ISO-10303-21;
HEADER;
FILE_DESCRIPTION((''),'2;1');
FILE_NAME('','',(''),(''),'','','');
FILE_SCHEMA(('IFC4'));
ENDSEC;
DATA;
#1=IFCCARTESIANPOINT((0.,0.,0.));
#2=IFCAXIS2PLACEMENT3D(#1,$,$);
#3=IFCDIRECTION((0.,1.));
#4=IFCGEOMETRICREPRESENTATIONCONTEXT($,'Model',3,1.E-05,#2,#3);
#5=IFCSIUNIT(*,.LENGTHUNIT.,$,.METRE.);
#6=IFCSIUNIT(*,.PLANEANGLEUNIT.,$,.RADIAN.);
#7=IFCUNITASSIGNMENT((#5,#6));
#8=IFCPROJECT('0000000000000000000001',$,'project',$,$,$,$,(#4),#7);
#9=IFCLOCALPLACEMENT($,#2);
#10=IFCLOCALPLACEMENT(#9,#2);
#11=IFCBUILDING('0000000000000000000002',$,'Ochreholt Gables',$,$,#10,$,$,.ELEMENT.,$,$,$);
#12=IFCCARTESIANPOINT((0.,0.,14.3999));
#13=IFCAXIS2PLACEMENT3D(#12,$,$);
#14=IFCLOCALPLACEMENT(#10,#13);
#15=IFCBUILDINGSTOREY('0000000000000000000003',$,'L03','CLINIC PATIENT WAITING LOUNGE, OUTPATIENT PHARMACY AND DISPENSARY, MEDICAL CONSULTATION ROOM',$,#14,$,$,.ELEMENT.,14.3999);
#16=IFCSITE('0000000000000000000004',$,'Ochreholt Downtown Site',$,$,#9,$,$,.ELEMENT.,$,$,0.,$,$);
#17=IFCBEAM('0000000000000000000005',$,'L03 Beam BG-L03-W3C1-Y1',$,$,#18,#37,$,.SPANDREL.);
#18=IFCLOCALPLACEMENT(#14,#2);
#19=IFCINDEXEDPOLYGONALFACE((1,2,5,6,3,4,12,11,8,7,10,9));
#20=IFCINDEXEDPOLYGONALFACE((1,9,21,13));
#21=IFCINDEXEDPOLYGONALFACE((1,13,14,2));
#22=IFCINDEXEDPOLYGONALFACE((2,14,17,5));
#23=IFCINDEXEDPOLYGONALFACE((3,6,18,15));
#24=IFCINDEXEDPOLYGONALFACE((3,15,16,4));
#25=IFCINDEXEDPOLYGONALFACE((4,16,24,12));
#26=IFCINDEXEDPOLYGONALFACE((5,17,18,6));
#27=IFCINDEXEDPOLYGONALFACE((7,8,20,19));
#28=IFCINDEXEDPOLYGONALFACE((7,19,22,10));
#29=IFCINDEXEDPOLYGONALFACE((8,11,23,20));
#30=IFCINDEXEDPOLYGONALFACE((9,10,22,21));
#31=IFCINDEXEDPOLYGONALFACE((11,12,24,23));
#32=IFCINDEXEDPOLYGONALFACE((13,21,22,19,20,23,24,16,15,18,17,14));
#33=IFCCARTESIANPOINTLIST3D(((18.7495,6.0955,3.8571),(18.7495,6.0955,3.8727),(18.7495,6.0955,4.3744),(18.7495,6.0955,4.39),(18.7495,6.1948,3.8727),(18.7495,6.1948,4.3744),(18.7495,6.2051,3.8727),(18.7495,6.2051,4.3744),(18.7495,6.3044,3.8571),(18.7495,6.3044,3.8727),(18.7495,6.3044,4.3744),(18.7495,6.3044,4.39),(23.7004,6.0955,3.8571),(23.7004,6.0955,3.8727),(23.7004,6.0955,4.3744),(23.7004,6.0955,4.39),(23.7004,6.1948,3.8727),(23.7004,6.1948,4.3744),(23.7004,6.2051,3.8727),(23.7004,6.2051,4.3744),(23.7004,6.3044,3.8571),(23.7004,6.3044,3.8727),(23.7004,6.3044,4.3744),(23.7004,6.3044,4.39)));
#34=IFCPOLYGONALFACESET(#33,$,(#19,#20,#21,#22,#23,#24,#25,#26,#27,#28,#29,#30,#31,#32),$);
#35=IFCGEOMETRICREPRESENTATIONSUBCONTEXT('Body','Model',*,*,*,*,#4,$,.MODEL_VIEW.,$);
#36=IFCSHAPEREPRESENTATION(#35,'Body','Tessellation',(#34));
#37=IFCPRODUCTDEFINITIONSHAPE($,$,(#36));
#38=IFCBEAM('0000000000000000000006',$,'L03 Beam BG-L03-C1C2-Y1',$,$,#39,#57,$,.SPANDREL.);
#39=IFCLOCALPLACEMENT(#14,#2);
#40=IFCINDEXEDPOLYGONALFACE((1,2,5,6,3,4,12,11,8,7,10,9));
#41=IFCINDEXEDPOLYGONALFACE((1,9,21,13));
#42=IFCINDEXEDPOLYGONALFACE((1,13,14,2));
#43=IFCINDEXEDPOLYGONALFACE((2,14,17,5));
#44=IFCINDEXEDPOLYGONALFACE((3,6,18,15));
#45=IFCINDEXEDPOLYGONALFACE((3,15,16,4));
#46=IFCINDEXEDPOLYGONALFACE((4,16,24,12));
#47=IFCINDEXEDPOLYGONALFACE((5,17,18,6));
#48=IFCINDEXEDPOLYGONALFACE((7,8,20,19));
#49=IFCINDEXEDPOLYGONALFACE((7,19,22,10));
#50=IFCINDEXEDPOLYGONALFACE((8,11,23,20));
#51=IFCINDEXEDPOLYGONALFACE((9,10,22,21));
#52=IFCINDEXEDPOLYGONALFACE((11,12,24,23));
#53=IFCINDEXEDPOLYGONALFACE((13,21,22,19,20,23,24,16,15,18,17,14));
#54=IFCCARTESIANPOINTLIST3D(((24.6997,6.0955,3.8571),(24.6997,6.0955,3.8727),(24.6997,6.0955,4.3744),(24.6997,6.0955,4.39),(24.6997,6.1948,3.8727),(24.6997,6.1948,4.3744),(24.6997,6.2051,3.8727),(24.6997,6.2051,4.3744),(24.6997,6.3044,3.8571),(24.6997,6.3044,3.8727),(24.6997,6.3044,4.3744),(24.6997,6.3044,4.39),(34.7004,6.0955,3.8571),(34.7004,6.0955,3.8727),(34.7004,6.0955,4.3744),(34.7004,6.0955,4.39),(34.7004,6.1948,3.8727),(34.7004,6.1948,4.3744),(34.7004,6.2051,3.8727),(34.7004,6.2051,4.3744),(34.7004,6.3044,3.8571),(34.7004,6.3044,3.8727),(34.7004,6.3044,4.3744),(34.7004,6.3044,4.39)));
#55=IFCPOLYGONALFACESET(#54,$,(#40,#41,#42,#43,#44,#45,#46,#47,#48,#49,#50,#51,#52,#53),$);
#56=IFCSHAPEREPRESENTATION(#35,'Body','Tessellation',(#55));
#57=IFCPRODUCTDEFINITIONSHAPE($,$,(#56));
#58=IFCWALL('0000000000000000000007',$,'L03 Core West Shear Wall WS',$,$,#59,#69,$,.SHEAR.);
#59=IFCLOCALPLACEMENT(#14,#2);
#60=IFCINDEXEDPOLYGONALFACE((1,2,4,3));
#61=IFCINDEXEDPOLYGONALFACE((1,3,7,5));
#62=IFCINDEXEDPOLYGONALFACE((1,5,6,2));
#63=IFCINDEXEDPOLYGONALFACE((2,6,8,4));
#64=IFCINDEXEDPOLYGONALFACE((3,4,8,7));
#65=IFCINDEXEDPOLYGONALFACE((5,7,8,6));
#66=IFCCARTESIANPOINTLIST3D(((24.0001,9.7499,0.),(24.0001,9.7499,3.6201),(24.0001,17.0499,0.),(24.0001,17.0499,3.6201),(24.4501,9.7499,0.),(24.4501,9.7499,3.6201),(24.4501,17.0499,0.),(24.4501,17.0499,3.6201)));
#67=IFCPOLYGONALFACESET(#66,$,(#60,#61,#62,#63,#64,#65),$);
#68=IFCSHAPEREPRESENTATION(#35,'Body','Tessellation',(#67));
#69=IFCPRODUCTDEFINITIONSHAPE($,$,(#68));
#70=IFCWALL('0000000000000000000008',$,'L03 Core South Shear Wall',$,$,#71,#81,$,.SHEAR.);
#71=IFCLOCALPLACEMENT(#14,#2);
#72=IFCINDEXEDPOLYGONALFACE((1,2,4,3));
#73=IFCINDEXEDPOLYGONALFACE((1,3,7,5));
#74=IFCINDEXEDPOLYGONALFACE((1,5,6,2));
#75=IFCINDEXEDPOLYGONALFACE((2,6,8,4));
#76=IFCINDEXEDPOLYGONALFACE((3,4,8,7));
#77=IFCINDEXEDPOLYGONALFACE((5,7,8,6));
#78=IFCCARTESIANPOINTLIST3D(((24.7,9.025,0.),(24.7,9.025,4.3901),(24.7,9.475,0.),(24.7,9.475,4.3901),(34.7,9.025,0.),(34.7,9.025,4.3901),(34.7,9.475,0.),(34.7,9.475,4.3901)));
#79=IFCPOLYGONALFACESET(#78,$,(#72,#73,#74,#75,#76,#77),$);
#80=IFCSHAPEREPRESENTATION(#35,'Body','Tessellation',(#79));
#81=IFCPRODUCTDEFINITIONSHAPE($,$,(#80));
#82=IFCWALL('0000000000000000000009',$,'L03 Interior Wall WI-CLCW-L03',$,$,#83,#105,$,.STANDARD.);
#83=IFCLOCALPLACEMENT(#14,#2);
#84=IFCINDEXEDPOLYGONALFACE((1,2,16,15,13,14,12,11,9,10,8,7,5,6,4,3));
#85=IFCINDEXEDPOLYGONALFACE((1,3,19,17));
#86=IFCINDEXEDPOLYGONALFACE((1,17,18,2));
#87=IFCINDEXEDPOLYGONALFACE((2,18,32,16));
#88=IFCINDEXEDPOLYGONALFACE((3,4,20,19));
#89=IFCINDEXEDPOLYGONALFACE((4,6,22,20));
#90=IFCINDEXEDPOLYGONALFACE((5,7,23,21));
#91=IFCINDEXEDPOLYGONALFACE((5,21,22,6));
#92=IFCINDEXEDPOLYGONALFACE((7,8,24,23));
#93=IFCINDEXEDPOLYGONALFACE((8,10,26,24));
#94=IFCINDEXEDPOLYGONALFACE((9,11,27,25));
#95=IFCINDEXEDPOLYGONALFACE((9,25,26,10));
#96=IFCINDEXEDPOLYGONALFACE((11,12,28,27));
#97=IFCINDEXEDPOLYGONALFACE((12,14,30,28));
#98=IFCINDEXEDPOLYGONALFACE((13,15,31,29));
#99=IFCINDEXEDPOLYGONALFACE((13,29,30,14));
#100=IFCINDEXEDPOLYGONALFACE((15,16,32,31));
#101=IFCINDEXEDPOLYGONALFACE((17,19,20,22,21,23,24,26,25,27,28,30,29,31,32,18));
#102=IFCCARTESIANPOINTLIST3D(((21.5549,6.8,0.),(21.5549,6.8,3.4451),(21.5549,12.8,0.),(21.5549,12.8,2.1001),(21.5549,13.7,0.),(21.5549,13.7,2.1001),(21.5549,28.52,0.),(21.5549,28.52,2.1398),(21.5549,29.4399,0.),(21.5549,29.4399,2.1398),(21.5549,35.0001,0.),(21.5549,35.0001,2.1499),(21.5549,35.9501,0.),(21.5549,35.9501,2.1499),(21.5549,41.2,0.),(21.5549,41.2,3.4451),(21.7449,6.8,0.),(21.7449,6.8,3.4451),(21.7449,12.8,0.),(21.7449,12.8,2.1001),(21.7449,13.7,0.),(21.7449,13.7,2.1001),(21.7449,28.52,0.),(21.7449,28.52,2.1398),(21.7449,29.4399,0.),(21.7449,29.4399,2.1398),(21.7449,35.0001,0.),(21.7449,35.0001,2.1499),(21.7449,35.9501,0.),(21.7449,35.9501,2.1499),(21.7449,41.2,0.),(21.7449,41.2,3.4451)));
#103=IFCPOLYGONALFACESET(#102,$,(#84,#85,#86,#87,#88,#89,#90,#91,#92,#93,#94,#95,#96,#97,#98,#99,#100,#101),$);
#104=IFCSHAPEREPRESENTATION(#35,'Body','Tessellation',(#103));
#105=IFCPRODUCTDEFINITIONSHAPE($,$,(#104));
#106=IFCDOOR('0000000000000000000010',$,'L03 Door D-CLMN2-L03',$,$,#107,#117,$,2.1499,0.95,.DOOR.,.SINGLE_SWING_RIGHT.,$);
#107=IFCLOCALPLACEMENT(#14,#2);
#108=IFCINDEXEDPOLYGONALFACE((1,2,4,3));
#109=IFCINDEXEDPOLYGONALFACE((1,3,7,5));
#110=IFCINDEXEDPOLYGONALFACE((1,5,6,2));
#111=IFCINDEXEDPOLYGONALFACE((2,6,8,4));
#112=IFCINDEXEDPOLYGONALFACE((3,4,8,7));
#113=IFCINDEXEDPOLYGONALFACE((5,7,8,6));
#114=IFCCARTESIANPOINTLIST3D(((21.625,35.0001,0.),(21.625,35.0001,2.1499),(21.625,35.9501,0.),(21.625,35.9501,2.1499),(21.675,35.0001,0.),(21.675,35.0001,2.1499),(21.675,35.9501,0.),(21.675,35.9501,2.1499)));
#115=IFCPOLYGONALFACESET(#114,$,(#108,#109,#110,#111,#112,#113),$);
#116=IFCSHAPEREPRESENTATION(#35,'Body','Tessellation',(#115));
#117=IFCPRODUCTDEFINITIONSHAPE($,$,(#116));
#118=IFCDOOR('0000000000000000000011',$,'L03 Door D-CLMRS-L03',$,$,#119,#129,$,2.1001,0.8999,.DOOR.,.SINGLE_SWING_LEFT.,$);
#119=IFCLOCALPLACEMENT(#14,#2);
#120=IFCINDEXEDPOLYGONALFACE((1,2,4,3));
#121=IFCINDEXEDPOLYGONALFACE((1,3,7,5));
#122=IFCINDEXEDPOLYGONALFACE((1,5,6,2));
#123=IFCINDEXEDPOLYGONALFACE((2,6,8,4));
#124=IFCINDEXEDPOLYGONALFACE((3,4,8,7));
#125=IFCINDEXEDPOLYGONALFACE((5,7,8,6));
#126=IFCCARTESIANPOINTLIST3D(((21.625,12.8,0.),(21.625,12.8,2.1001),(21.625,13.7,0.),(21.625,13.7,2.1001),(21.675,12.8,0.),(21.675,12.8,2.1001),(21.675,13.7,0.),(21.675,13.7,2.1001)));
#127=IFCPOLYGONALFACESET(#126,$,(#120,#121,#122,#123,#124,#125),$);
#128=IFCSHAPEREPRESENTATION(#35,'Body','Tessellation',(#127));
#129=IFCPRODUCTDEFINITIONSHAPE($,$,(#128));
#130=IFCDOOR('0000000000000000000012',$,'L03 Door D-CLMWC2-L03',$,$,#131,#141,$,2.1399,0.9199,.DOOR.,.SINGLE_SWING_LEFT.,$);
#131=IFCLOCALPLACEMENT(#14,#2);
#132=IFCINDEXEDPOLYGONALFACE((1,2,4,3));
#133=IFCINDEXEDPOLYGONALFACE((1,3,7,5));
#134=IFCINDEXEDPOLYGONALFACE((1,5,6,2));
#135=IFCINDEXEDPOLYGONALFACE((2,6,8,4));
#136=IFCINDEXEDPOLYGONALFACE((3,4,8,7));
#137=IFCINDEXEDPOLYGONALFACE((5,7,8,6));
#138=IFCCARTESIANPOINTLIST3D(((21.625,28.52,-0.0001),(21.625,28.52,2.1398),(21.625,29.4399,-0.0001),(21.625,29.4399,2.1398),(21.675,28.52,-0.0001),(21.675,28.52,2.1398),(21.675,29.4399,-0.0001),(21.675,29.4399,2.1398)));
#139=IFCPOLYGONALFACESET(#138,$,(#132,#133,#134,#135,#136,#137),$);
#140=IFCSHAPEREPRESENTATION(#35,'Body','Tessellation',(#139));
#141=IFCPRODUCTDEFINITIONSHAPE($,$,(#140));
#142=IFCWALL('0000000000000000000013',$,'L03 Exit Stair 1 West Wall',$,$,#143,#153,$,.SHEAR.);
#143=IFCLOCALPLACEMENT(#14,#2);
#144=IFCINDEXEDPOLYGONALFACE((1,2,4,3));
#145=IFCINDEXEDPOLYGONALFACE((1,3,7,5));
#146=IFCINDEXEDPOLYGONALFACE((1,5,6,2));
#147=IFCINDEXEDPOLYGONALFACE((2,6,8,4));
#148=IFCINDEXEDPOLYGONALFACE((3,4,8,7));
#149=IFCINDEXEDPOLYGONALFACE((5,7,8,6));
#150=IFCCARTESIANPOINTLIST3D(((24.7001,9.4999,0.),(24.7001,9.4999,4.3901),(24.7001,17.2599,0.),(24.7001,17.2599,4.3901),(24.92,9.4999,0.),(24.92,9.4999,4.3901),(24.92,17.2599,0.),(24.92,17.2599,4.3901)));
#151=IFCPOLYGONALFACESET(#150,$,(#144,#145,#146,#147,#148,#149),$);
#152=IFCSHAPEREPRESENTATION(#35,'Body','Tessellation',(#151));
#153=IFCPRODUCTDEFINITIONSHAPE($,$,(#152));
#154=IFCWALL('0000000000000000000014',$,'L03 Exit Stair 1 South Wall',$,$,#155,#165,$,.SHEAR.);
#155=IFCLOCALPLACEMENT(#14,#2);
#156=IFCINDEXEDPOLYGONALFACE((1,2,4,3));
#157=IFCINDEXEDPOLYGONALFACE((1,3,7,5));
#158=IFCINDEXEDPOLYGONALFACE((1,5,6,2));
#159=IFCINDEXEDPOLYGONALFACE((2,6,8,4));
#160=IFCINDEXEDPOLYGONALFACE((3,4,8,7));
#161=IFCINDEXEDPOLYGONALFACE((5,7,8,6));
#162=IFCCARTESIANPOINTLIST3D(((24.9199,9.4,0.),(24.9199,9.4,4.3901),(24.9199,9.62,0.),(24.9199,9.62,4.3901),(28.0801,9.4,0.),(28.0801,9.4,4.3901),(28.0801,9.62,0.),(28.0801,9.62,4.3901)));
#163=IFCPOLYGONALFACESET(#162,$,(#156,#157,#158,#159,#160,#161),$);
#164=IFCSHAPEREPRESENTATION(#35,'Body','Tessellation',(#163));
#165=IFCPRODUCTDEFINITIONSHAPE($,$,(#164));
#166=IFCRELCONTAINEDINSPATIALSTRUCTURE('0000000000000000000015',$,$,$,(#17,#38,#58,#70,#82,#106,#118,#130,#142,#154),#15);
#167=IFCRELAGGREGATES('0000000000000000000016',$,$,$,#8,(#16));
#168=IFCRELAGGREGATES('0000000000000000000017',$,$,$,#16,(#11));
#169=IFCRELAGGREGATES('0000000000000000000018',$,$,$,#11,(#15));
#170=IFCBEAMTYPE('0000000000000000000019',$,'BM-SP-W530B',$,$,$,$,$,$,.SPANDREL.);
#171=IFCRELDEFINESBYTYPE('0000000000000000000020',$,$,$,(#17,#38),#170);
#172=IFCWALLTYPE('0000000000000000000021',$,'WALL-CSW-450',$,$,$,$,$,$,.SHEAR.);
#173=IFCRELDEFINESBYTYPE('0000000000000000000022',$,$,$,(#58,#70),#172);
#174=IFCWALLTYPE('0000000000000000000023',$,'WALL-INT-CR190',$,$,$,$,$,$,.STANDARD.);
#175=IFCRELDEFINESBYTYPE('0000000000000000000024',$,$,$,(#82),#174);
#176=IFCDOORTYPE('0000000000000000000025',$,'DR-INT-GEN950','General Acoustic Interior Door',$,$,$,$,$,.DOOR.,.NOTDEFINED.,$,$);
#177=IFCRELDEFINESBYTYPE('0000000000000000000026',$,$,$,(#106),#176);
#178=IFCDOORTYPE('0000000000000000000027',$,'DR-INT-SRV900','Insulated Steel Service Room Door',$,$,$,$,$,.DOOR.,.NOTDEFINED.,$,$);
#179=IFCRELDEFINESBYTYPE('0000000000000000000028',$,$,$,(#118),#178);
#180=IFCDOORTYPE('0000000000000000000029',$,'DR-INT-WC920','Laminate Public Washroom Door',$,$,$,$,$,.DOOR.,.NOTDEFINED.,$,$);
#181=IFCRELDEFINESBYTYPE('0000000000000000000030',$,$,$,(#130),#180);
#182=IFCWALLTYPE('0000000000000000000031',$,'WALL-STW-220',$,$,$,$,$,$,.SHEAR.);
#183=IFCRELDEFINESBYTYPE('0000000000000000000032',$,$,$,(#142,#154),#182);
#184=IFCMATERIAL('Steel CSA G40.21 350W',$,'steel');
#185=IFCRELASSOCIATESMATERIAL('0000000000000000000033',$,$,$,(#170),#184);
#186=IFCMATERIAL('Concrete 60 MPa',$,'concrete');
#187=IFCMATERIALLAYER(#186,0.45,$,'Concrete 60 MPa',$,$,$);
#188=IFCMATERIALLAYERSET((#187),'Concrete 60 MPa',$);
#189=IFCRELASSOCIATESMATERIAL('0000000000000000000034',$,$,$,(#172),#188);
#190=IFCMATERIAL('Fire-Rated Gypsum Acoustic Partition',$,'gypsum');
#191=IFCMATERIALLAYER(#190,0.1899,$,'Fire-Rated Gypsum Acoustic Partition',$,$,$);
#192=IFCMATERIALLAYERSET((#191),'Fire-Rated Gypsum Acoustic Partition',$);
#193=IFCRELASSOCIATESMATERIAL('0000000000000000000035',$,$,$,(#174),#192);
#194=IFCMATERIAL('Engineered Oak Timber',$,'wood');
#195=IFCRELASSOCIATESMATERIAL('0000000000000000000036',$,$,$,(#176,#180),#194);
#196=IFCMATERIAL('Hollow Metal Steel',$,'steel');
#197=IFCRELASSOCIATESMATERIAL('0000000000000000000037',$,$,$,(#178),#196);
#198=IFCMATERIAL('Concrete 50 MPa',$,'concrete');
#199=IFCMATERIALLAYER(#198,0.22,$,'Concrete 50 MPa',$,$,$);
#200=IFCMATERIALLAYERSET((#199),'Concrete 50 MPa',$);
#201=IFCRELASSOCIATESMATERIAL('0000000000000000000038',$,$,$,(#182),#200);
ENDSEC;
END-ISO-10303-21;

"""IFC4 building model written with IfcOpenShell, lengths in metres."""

from ifc_helpers import new_model, si_unit, direction, frame, frame_2d, origin, origin_2d, place, context, subcontext, project, spatial, rectangle, i_section, extrude, material, layer, layer_set, material_profile, profile_set, type_object, element, fill, save


model = new_model("IFC4")

# Units and contexts
model_context = context("Model", 3, precision=1e-05, world=origin(), true_north=direction((0.0, 1.0)))
body_context = subcontext(model_context, "Body", "Model", "MODEL_VIEW")
ifc_project = project(units=[si_unit("LENGTHUNIT", "METRE"), si_unit("PLANEANGLEUNIT", "RADIAN")], contexts=[model_context])

# Site, building, storey
site_placement = place(None, origin())
site = spatial("IfcSite", under=ifc_project, at=site_placement, Name="Ochreholt Downtown Site", CompositionType="ELEMENT", RefElevation=0.0)
building_placement = place(site_placement, origin())
building = spatial("IfcBuilding", under=site, at=building_placement, Name="Ochreholt Gables", CompositionType="ELEMENT")
storey_placement = place(building_placement, frame((0.0, 0.0, 14.3999)))
storey = spatial("IfcBuildingStorey", under=building, at=storey_placement, Name="L03", Description="CLINIC PATIENT WAITING LOUNGE, OUTPATIENT PHARMACY AND DISPENSARY, MEDICAL CONSULTATION ROOM", CompositionType="ELEMENT", Elevation=14.3999)

# Shared definitions
ifc_material_1 = material(Name="Concrete 60 MPa", Category="concrete")

# Beams
ifc_material_2 = material(Name="Steel CSA G40.21 350W", Category="steel")
ifc_material_profile_1 = material_profile(ifc_material_2, i_section(OverallWidth=0.209, OverallDepth=0.533, WebThickness=0.0103, FlangeThickness=0.0156, at=origin_2d()), Name="W530X92")
ifc_profile_set_1 = profile_set([ifc_material_profile_1], Name="Steel CSA G40.21 350W")
beam_type_1 = type_object("IfcBeamType", Name="BM-SP-W530B", PredefinedType="SPANDREL", material=ifc_profile_set_1)
beam_1_placement = place(storey_placement, frame((18.7495, 6.2, 4.1235), z_axis=(1.0, 0.0, 0.0), x_axis=(0.0, 1.0, 0.0)))
element("IfcBeam", 1, at=beam_1_placement, inside=storey, type_object=beam_type_1, Name="L03 Beam BG-L03-W3C1-Y1", PredefinedType="SPANDREL", context=body_context, shape_type="SweptSolid", body=[
    extrude(i_section(OverallWidth=0.209, OverallDepth=0.533, WebThickness=0.0103, FlangeThickness=0.0156, at=origin_2d()), origin(), (0.0, 0.0, 1.0), 4.9509),
])
beam_2_placement = place(storey_placement, frame((24.6997, 6.2, 4.1235), z_axis=(1.0, 0.0, 0.0), x_axis=(0.0, 1.0, 0.0)))
element("IfcBeam", 2, at=beam_2_placement, inside=storey, type_object=beam_type_1, Name="L03 Beam BG-L03-C1C2-Y1", PredefinedType="SPANDREL", context=body_context, shape_type="SweptSolid", body=[
    extrude(i_section(OverallWidth=0.209, OverallDepth=0.533, WebThickness=0.0103, FlangeThickness=0.0156, at=origin_2d()), origin(), (0.0, 0.0, 1.0), 10.0007),
])

# Walls
ifc_layer_1 = layer(ifc_material_1, 0.45, Name="Concrete 60 MPa")
ifc_layer_set_1 = layer_set([ifc_layer_1], Name="Concrete 60 MPa")
wall_type_1 = type_object("IfcWallType", Name="WALL-CSW-450", PredefinedType="SHEAR", material=ifc_layer_set_1)
wall_1_placement = place(storey_placement, frame((24.2251, 9.75, 0.0), z_axis=(0.0, 0.0, 1.0), x_axis=(0.0, 1.0, 0.0)))
element("IfcWall", 3, at=wall_1_placement, inside=storey, type_object=wall_type_1, Name="L03 Core West Shear Wall WS", PredefinedType="SHEAR", context=body_context, shape_type="SweptSolid", body=[
    extrude(rectangle(XDim=7.3, YDim=0.45, at=frame_2d((3.6499, 0.0))), origin(), (0.0, 0.0, 1.0), 3.6201),
])
wall_2_placement = place(storey_placement, frame((24.7, 9.25, 0.0), z_axis=(0.0, 0.0, 1.0), x_axis=(1.0, 0.0, 0.0)))
element("IfcWall", 4, at=wall_2_placement, inside=storey, type_object=wall_type_1, Name="L03 Core South Shear Wall", PredefinedType="SHEAR", context=body_context, shape_type="SweptSolid", body=[
    extrude(rectangle(XDim=10.0, YDim=0.45, at=frame_2d((5.0, 0.0))), origin(), (0.0, 0.0, 1.0), 4.3901),
])

# Wall, openings, doors
ifc_material_3 = material(Name="Fire-Rated Gypsum Acoustic Partition", Category="gypsum")
ifc_layer_2 = layer(ifc_material_3, 0.1899, Name="Fire-Rated Gypsum Acoustic Partition")
ifc_layer_set_2 = layer_set([ifc_layer_2], Name="Fire-Rated Gypsum Acoustic Partition")
wall_type_2 = type_object("IfcWallType", Name="WALL-INT-CR190", PredefinedType="STANDARD", material=ifc_layer_set_2)
wall_3_placement = place(storey_placement, frame((21.6499, 6.8, 0.0), z_axis=(0.0, 0.0, 1.0), x_axis=(0.0, 1.0, 0.0)))
wall_3 = element("IfcWall", 5, at=wall_3_placement, inside=storey, type_object=wall_type_2, Name="L03 Interior Wall WI-CLCW-L03", PredefinedType="STANDARD", context=body_context, shape_type="SweptSolid", body=[
    extrude(rectangle(XDim=34.3999, YDim=0.1899, at=frame_2d((17.2, 0.0))), origin(), (0.0, 0.0, 1.0), 3.4451),
])
opening_1_placement = place(wall_3_placement, frame((21.72, 0.0, 0.0)))
opening_1 = element("IfcOpeningElement", 6, at=opening_1_placement, cuts=wall_3, PredefinedType="OPENING", context=body_context, shape_type="SweptSolid", body=[
    extrude(rectangle(XDim=0.9199, YDim=2.1399, at=frame_2d((0.46, 1.0698))), frame((0.0, 0.105, 0.0), z_axis=(0.0, -1.0, 0.0), x_axis=(1.0, 0.0, 0.0)), (0.0, 0.0, 1.0), 0.21),
])
opening_2_placement = place(wall_3_placement, frame((28.2, 0.0, 0.0)))
opening_2 = element("IfcOpeningElement", 7, at=opening_2_placement, cuts=wall_3, PredefinedType="OPENING", context=body_context, shape_type="SweptSolid", body=[
    extrude(rectangle(XDim=0.95, YDim=2.1499, at=frame_2d((0.4751, 1.075))), frame((0.0, 0.105, 0.0), z_axis=(0.0, -1.0, 0.0), x_axis=(1.0, 0.0, 0.0)), (0.0, 0.0, 1.0), 0.21),
])
opening_3_placement = place(wall_3_placement, frame((6.0, 0.0, 0.0)))
opening_3 = element("IfcOpeningElement", 8, at=opening_3_placement, cuts=wall_3, PredefinedType="OPENING", context=body_context, shape_type="SweptSolid", body=[
    extrude(rectangle(XDim=0.8999, YDim=2.1001, at=frame_2d((0.45, 1.05))), frame((0.0, 0.105, 0.0), z_axis=(0.0, -1.0, 0.0), x_axis=(1.0, 0.0, 0.0)), (0.0, 0.0, 1.0), 0.21),
])
ifc_material_4 = material(Name="Engineered Oak Timber", Category="wood")
door_type_1 = type_object("IfcDoorType", Name="DR-INT-GEN950", Description="General Acoustic Interior Door", OperationType="NOTDEFINED", PredefinedType="DOOR", material=ifc_material_4)
door_1_placement = place(opening_2_placement, origin())
door_1 = element("IfcDoor", 9, at=door_1_placement, inside=storey, type_object=door_type_1, Name="L03 Door D-CLMN2-L03", OperationType="SINGLE_SWING_RIGHT", OverallHeight=2.1499, OverallWidth=0.95, PredefinedType="DOOR", context=body_context, shape_type="SweptSolid", body=[
    extrude(rectangle(XDim=0.95, YDim=2.1499, at=frame_2d((0.4751, 1.075))), frame((0.0, 0.0249, 0.0), z_axis=(0.0, -1.0, 0.0), x_axis=(1.0, 0.0, 0.0)), (0.0, 0.0, 1.0), 0.05),
])
fill(opening_2, door_1)
ifc_material_5 = material(Name="Hollow Metal Steel", Category="steel")
door_type_2 = type_object("IfcDoorType", Name="DR-INT-SRV900", Description="Insulated Steel Service Room Door", OperationType="NOTDEFINED", PredefinedType="DOOR", material=ifc_material_5)
door_2_placement = place(opening_3_placement, origin())
door_2 = element("IfcDoor", 10, at=door_2_placement, inside=storey, type_object=door_type_2, Name="L03 Door D-CLMRS-L03", OperationType="SINGLE_SWING_LEFT", OverallHeight=2.1001, OverallWidth=0.8999, PredefinedType="DOOR", context=body_context, shape_type="SweptSolid", body=[
    extrude(rectangle(XDim=0.8999, YDim=2.1001, at=frame_2d((0.45, 1.05))), frame((0.0, 0.0249, 0.0), z_axis=(0.0, -1.0, 0.0), x_axis=(1.0, 0.0, 0.0)), (0.0, 0.0, 1.0), 0.05),
])
fill(opening_3, door_2)
door_type_3 = type_object("IfcDoorType", Name="DR-INT-WC920", Description="Laminate Public Washroom Door", OperationType="NOTDEFINED", PredefinedType="DOOR", material=ifc_material_4)
door_3_placement = place(opening_1_placement, origin())
door_3 = element("IfcDoor", 11, at=door_3_placement, inside=storey, type_object=door_type_3, Name="L03 Door D-CLMWC2-L03", OperationType="SINGLE_SWING_LEFT", OverallHeight=2.1399, OverallWidth=0.9199, PredefinedType="DOOR", context=body_context, shape_type="SweptSolid", body=[
    extrude(rectangle(XDim=0.9199, YDim=2.1399, at=frame_2d((0.46, 1.0698))), frame((0.0, 0.0249, 0.0), z_axis=(0.0, -1.0, 0.0), x_axis=(1.0, 0.0, 0.0)), (0.0, 0.0, 1.0), 0.05),
])
fill(opening_1, door_3)

# Walls
ifc_material_6 = material(Name="Concrete 50 MPa", Category="concrete")
ifc_layer_3 = layer(ifc_material_6, 0.22, Name="Concrete 50 MPa")
ifc_layer_set_3 = layer_set([ifc_layer_3], Name="Concrete 50 MPa")
wall_type_3 = type_object("IfcWallType", Name="WALL-STW-220", PredefinedType="SHEAR", material=ifc_layer_set_3)
wall_4_placement = place(storey_placement, frame((24.8101, 9.5, 0.0), z_axis=(0.0, 0.0, 1.0), x_axis=(0.0, 1.0, 0.0)))
element("IfcWall", 12, at=wall_4_placement, inside=storey, type_object=wall_type_3, Name="L03 Exit Stair 1 West Wall", PredefinedType="SHEAR", context=body_context, shape_type="SweptSolid", body=[
    extrude(rectangle(XDim=7.76, YDim=0.22, at=frame_2d((3.8799, 0.0))), origin(), (0.0, 0.0, 1.0), 4.3901),
])
wall_5_placement = place(storey_placement, frame((24.9199, 9.51, 0.0), z_axis=(0.0, 0.0, 1.0), x_axis=(1.0, 0.0, 0.0)))
element("IfcWall", 13, at=wall_5_placement, inside=storey, type_object=wall_type_3, Name="L03 Exit Stair 1 South Wall", PredefinedType="SHEAR", context=body_context, shape_type="SweptSolid", body=[
    extrude(rectangle(XDim=3.1602, YDim=0.22, at=frame_2d((1.5801, 0.0))), origin(), (0.0, 0.0, 1.0), 4.3901),
])

save(model, "model.ifc")
